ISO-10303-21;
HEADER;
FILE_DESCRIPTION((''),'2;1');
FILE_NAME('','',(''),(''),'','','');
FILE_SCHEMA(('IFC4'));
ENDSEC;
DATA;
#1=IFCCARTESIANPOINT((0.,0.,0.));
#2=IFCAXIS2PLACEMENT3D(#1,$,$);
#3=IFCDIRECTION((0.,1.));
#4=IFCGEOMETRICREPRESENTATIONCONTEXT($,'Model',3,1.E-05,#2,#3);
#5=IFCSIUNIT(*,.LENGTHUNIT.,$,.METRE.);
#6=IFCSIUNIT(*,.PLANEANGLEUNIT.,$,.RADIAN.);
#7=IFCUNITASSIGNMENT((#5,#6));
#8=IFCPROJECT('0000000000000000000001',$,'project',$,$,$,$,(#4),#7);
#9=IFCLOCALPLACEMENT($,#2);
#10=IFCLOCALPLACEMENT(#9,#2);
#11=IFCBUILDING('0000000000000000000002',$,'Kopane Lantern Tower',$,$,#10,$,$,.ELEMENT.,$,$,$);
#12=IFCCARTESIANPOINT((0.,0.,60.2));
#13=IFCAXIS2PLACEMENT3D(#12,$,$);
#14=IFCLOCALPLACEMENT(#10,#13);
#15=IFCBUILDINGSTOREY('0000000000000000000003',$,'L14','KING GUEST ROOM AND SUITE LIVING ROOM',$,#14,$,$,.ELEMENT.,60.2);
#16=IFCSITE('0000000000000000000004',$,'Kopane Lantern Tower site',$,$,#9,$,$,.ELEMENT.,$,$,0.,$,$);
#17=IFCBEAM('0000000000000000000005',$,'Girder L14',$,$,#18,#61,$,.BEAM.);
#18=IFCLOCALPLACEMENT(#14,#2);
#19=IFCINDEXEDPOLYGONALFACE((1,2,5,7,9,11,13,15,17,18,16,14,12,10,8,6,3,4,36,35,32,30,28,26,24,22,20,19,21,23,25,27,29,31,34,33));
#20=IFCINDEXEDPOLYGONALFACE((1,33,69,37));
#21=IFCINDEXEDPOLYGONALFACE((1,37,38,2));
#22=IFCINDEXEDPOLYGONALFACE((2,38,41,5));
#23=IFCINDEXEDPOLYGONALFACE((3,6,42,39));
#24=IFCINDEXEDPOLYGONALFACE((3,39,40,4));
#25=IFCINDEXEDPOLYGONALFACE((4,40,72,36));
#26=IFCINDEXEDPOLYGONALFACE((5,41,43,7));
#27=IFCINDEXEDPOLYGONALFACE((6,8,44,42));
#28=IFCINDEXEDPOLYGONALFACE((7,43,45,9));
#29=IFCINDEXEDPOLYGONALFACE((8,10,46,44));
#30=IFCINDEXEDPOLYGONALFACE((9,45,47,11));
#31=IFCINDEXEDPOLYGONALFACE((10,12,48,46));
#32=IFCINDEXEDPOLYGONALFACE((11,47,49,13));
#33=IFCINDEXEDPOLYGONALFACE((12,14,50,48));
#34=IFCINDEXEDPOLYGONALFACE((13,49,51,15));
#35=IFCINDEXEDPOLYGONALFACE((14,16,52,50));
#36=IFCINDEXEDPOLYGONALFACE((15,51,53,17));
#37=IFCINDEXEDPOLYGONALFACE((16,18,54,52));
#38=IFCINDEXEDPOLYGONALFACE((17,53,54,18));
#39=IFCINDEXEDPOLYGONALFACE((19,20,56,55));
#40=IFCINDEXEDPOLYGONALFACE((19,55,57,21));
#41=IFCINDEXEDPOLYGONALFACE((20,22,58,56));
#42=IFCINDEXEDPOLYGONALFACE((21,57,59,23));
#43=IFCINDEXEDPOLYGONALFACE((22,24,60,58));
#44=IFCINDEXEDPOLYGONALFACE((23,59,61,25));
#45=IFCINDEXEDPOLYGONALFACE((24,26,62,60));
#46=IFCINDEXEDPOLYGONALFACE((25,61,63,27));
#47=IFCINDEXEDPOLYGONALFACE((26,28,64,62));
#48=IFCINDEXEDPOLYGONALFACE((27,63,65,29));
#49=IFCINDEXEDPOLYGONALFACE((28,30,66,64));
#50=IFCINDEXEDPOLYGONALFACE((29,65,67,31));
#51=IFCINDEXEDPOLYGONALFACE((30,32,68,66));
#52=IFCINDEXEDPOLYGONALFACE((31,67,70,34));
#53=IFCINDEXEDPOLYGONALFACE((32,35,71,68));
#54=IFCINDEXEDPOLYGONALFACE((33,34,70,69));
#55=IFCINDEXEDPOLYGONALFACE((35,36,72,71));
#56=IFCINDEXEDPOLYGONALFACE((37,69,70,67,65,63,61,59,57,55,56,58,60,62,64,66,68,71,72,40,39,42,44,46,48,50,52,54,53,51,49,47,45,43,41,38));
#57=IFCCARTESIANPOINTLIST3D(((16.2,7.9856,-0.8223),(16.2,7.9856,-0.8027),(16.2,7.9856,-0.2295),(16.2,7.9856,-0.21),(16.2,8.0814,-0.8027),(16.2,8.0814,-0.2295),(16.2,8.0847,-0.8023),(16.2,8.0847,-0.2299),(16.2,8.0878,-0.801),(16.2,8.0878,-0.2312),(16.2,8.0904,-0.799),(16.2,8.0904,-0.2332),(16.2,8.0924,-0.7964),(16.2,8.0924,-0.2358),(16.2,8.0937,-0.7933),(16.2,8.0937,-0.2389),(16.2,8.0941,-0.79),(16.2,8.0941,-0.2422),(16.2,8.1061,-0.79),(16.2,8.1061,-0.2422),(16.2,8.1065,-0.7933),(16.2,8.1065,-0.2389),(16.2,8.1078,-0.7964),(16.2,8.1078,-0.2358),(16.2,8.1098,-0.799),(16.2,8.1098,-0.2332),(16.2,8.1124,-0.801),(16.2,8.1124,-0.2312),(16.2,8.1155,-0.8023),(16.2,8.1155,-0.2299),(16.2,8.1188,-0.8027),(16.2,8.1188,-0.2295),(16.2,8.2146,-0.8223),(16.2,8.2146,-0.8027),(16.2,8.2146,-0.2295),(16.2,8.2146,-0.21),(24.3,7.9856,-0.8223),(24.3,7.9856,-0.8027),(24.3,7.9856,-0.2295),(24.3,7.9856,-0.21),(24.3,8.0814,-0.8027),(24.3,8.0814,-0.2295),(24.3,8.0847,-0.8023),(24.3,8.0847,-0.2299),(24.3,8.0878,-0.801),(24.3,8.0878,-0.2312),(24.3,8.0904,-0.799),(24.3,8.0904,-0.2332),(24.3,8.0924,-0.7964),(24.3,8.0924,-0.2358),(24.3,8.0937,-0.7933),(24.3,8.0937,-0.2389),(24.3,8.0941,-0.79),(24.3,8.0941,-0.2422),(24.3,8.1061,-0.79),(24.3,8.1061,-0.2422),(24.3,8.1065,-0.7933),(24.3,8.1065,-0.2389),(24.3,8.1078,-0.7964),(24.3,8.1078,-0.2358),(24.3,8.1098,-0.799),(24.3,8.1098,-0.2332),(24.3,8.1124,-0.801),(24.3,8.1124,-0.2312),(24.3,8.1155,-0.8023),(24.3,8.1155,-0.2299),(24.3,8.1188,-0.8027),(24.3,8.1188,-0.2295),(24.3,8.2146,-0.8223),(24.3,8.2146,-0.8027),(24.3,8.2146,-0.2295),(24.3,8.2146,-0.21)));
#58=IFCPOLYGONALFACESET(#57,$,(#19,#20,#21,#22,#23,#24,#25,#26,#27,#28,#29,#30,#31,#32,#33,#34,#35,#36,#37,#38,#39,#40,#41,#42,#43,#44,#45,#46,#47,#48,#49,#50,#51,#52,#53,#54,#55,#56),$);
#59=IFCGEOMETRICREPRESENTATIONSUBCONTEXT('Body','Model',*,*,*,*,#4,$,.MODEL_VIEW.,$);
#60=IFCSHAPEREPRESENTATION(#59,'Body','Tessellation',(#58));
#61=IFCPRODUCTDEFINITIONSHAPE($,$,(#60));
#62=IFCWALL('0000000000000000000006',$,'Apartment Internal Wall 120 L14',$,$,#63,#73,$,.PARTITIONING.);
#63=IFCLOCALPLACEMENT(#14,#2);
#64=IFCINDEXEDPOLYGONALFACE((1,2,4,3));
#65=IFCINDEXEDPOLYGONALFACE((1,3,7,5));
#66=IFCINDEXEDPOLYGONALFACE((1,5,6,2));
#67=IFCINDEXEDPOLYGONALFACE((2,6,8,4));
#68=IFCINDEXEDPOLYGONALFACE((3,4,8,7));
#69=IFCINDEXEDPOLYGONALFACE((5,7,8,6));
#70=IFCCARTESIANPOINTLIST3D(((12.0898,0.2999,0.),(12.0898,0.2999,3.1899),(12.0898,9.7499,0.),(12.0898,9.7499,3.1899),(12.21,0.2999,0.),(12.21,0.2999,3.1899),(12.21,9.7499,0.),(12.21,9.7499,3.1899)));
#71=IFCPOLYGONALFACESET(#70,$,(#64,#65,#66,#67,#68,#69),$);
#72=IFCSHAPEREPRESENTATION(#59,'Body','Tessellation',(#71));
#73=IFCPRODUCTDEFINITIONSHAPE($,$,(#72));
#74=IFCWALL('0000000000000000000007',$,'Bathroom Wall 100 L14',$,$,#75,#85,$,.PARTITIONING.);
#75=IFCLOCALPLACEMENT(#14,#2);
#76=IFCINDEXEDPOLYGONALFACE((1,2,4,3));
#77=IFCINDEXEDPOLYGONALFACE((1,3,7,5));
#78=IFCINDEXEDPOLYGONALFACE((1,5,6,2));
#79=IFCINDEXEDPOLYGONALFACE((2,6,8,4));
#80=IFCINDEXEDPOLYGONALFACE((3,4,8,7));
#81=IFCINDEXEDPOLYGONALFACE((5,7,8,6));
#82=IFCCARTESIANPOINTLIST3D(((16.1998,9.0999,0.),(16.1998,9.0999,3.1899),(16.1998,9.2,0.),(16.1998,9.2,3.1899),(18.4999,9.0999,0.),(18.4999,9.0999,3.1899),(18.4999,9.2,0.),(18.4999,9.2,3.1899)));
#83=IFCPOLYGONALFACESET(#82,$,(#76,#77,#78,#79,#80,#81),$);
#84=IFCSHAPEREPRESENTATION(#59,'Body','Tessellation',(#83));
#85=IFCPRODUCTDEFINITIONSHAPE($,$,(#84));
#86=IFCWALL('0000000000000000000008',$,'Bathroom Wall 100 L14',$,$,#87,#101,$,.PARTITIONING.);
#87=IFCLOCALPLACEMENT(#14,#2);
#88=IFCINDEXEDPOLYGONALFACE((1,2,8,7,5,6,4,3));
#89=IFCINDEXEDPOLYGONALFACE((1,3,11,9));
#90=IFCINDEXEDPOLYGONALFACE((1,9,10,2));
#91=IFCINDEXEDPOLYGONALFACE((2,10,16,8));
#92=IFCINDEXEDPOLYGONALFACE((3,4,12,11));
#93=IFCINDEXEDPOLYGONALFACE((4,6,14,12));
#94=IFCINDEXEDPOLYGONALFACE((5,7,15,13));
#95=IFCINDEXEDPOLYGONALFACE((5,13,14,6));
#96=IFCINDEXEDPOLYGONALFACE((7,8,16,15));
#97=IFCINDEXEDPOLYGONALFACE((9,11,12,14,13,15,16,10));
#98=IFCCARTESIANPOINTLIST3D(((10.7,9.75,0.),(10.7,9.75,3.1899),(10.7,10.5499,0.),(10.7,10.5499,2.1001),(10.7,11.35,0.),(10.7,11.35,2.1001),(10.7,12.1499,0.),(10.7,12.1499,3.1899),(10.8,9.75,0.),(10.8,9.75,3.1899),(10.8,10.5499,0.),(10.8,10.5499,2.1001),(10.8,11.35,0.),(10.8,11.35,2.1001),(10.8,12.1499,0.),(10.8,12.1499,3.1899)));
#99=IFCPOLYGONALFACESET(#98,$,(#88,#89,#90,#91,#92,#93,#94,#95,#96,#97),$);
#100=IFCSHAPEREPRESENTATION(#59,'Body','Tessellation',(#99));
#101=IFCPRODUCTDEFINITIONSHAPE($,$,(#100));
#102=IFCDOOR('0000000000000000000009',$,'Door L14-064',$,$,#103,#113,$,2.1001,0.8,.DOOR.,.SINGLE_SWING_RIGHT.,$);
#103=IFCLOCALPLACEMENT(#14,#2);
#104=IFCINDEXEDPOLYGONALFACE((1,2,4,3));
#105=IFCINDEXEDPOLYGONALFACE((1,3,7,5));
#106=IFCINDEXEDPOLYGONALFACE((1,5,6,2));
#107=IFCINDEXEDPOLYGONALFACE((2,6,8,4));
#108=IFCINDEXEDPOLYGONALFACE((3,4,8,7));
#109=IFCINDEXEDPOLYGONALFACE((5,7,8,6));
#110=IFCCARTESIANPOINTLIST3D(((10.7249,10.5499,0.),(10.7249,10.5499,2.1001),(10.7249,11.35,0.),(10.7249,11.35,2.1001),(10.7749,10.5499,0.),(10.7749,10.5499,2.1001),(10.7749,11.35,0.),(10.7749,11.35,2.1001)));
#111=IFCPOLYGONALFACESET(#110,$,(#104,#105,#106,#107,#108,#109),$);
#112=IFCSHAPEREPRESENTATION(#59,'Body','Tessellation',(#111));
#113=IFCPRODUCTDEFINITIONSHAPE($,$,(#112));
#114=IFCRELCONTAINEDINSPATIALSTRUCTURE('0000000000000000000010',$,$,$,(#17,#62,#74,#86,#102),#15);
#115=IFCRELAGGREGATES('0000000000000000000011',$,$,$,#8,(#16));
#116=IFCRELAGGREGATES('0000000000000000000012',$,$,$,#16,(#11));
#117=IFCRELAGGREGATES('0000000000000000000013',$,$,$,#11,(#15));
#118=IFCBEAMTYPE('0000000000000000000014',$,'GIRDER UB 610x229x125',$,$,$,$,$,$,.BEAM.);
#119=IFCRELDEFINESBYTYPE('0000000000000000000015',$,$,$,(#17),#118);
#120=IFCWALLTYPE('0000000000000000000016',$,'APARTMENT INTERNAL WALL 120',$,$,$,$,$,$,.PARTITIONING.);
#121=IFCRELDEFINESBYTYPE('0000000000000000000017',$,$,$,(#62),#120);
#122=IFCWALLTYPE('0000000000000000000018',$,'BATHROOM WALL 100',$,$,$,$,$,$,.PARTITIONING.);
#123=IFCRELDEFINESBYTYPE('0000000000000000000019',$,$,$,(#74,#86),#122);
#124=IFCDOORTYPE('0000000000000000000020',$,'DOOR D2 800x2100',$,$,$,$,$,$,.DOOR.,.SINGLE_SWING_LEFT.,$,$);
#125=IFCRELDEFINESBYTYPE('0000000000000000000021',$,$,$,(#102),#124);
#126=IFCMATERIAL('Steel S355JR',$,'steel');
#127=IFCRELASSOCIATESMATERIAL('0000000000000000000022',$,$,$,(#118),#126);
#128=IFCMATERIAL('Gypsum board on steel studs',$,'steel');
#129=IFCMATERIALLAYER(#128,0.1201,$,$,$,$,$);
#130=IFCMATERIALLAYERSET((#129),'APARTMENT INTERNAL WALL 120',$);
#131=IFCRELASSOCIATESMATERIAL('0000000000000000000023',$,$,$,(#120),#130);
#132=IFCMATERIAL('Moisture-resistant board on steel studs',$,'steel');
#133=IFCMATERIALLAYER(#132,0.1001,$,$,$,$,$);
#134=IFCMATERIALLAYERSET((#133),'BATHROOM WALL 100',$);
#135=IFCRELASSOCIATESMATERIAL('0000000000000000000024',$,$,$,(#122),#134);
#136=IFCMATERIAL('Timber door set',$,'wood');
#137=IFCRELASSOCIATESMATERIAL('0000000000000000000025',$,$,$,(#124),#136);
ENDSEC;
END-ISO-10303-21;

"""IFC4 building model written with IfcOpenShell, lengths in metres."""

from ifc_helpers import new_model, si_unit, direction, frame, frame_2d, origin, origin_2d, place, context, subcontext, project, spatial, rectangle, i_section, extrude, material, layer, layer_set, material_profile, profile_set, type_object, element, fill, save


model = new_model("IFC4")

# Units and contexts
model_context = context("Model", 3, precision=1e-05, world=origin(), true_north=direction((0.0, 1.0)))
body_context = subcontext(model_context, "Body", "Model", "MODEL_VIEW")
ifc_project = project(units=[si_unit("LENGTHUNIT", "METRE"), si_unit("PLANEANGLEUNIT", "RADIAN")], contexts=[model_context])

# Site, building, storey
site_placement = place(None, origin())
site = spatial("IfcSite", under=ifc_project, at=site_placement, Name="Kopane Lantern Tower site", CompositionType="ELEMENT", RefElevation=0.0)
building_placement = place(site_placement, origin())
building = spatial("IfcBuilding", under=site, at=building_placement, Name="Kopane Lantern Tower", CompositionType="ELEMENT")
storey_placement = place(building_placement, frame((0.0, 0.0, 60.2)))
storey = spatial("IfcBuildingStorey", under=building, at=storey_placement, Name="L14", Description="KING GUEST ROOM AND SUITE LIVING ROOM", CompositionType="ELEMENT", Elevation=60.2)

# Beam
ifc_material_1 = material(Name="Steel S355JR", Category="steel")
ifc_material_profile = material_profile(ifc_material_1, i_section(OverallWidth=0.229, OverallDepth=0.6123, WebThickness=0.012, FlangeThickness=0.0195, FilletRadius=0.0127, at=origin_2d()), Name="UB 610x229x125")
ifc_profile_set = profile_set([ifc_material_profile], Name="Steel S355JR")
beam_type = type_object("IfcBeamType", Name="GIRDER UB 610x229x125", PredefinedType="BEAM", material=ifc_profile_set)
beam_placement = place(storey_placement, frame((16.2, 8.1001, -0.5161), z_axis=(1.0, 0.0, 0.0), x_axis=(0.0, 1.0, 0.0)))
element("IfcBeam", 1, at=beam_placement, inside=storey, type_object=beam_type, Name="Girder L14", PredefinedType="BEAM", context=body_context, shape_type="SweptSolid", body=[
    extrude(i_section(OverallWidth=0.229, OverallDepth=0.6123, WebThickness=0.012, FlangeThickness=0.0195, FilletRadius=0.0127, at=origin_2d()), origin(), (0.0, 0.0, 1.0), 8.1001),
])

# Walls
ifc_material_2 = material(Name="Gypsum board on steel studs", Category="steel")
ifc_layer_1 = layer(ifc_material_2, 0.1201)
ifc_layer_set_1 = layer_set([ifc_layer_1], Name="APARTMENT INTERNAL WALL 120")
wall_type_1 = type_object("IfcWallType", Name="APARTMENT INTERNAL WALL 120", PredefinedType="PARTITIONING", material=ifc_layer_set_1)
wall_1_placement = place(storey_placement, frame((12.1499, 9.75, 0.0), z_axis=(0.0, 0.0, 1.0), x_axis=(0.0, -1.0, 0.0)))
element("IfcWall", 2, at=wall_1_placement, inside=storey, type_object=wall_type_1, Name="Apartment Internal Wall 120 L14", PredefinedType="PARTITIONING", context=body_context, shape_type="SweptSolid", body=[
    extrude(rectangle(XDim=9.45, YDim=0.1201, at=frame_2d((4.7251, 0.0))), origin(), (0.0, 0.0, 1.0), 3.1899),
])
ifc_material_3 = material(Name="Moisture-resistant board on steel studs", Category="steel")
ifc_layer_2 = layer(ifc_material_3, 0.1001)
ifc_layer_set_2 = layer_set([ifc_layer_2], Name="BATHROOM WALL 100")
wall_type_2 = type_object("IfcWallType", Name="BATHROOM WALL 100", PredefinedType="PARTITIONING", material=ifc_layer_set_2)
wall_2_placement = place(storey_placement, frame((16.2, 9.1499, 0.0), z_axis=(0.0, 0.0, 1.0), x_axis=(1.0, 0.0, 0.0)))
element("IfcWall", 3, at=wall_2_placement, inside=storey, type_object=wall_type_2, Name="Bathroom Wall 100 L14", PredefinedType="PARTITIONING", context=body_context, shape_type="SweptSolid", body=[
    extrude(rectangle(XDim=2.3, YDim=0.1001, at=frame_2d((1.1499, 0.0))), origin(), (0.0, 0.0, 1.0), 3.1899),
])

# Wall, opening, door
wall_3_placement = place(storey_placement, frame((10.75, 12.1499, 0.0), z_axis=(0.0, 0.0, 1.0), x_axis=(0.0, -1.0, 0.0)))
wall_3 = element("IfcWall", 4, at=wall_3_placement, inside=storey, type_object=wall_type_2, Name="Bathroom Wall 100 L14", PredefinedType="PARTITIONING", context=body_context, shape_type="SweptSolid", body=[
    extrude(rectangle(XDim=2.3999, YDim=0.1001, at=frame_2d((1.2, 0.0))), origin(), (0.0, 0.0, 1.0), 3.1899),
])
opening_1_placement = place(wall_3_placement, frame((0.8, 0.0, 0.0)))
opening_1 = element("IfcOpeningElement", 5, at=opening_1_placement, cuts=wall_3, PredefinedType="OPENING", context=body_context, shape_type="SweptSolid", body=[
    extrude(rectangle(XDim=0.8, YDim=2.1001, at=frame_2d((0.3999, 1.05))), frame((0.0, 0.0601, 0.0), z_axis=(0.0, -1.0, 0.0), x_axis=(1.0, 0.0, 0.0)), (0.0, 0.0, 1.0), 0.1201),
])
ifc_material_4 = material(Name="Timber door set", Category="wood")
door_type_1 = type_object("IfcDoorType", Name="DOOR D2 800x2100", OperationType="SINGLE_SWING_LEFT", PredefinedType="DOOR", material=ifc_material_4)
door_1_placement = place(opening_1_placement, origin())
door_1 = element("IfcDoor", 6, at=door_1_placement, inside=storey, type_object=door_type_1, Name="Door L14-064", OperationType="SINGLE_SWING_RIGHT", OverallHeight=2.1001, OverallWidth=0.8, PredefinedType="DOOR", context=body_context, shape_type="SweptSolid", body=[
    extrude(rectangle(XDim=0.8, YDim=2.1001, at=frame_2d((0.3999, 1.05))), frame((0.0, 0.0249, 0.0), z_axis=(0.0, -1.0, 0.0), x_axis=(1.0, 0.0, 0.0)), (0.0, 0.0, 1.0), 0.05),
])
fill(opening_1, door_1)

save(model, "model.ifc")
